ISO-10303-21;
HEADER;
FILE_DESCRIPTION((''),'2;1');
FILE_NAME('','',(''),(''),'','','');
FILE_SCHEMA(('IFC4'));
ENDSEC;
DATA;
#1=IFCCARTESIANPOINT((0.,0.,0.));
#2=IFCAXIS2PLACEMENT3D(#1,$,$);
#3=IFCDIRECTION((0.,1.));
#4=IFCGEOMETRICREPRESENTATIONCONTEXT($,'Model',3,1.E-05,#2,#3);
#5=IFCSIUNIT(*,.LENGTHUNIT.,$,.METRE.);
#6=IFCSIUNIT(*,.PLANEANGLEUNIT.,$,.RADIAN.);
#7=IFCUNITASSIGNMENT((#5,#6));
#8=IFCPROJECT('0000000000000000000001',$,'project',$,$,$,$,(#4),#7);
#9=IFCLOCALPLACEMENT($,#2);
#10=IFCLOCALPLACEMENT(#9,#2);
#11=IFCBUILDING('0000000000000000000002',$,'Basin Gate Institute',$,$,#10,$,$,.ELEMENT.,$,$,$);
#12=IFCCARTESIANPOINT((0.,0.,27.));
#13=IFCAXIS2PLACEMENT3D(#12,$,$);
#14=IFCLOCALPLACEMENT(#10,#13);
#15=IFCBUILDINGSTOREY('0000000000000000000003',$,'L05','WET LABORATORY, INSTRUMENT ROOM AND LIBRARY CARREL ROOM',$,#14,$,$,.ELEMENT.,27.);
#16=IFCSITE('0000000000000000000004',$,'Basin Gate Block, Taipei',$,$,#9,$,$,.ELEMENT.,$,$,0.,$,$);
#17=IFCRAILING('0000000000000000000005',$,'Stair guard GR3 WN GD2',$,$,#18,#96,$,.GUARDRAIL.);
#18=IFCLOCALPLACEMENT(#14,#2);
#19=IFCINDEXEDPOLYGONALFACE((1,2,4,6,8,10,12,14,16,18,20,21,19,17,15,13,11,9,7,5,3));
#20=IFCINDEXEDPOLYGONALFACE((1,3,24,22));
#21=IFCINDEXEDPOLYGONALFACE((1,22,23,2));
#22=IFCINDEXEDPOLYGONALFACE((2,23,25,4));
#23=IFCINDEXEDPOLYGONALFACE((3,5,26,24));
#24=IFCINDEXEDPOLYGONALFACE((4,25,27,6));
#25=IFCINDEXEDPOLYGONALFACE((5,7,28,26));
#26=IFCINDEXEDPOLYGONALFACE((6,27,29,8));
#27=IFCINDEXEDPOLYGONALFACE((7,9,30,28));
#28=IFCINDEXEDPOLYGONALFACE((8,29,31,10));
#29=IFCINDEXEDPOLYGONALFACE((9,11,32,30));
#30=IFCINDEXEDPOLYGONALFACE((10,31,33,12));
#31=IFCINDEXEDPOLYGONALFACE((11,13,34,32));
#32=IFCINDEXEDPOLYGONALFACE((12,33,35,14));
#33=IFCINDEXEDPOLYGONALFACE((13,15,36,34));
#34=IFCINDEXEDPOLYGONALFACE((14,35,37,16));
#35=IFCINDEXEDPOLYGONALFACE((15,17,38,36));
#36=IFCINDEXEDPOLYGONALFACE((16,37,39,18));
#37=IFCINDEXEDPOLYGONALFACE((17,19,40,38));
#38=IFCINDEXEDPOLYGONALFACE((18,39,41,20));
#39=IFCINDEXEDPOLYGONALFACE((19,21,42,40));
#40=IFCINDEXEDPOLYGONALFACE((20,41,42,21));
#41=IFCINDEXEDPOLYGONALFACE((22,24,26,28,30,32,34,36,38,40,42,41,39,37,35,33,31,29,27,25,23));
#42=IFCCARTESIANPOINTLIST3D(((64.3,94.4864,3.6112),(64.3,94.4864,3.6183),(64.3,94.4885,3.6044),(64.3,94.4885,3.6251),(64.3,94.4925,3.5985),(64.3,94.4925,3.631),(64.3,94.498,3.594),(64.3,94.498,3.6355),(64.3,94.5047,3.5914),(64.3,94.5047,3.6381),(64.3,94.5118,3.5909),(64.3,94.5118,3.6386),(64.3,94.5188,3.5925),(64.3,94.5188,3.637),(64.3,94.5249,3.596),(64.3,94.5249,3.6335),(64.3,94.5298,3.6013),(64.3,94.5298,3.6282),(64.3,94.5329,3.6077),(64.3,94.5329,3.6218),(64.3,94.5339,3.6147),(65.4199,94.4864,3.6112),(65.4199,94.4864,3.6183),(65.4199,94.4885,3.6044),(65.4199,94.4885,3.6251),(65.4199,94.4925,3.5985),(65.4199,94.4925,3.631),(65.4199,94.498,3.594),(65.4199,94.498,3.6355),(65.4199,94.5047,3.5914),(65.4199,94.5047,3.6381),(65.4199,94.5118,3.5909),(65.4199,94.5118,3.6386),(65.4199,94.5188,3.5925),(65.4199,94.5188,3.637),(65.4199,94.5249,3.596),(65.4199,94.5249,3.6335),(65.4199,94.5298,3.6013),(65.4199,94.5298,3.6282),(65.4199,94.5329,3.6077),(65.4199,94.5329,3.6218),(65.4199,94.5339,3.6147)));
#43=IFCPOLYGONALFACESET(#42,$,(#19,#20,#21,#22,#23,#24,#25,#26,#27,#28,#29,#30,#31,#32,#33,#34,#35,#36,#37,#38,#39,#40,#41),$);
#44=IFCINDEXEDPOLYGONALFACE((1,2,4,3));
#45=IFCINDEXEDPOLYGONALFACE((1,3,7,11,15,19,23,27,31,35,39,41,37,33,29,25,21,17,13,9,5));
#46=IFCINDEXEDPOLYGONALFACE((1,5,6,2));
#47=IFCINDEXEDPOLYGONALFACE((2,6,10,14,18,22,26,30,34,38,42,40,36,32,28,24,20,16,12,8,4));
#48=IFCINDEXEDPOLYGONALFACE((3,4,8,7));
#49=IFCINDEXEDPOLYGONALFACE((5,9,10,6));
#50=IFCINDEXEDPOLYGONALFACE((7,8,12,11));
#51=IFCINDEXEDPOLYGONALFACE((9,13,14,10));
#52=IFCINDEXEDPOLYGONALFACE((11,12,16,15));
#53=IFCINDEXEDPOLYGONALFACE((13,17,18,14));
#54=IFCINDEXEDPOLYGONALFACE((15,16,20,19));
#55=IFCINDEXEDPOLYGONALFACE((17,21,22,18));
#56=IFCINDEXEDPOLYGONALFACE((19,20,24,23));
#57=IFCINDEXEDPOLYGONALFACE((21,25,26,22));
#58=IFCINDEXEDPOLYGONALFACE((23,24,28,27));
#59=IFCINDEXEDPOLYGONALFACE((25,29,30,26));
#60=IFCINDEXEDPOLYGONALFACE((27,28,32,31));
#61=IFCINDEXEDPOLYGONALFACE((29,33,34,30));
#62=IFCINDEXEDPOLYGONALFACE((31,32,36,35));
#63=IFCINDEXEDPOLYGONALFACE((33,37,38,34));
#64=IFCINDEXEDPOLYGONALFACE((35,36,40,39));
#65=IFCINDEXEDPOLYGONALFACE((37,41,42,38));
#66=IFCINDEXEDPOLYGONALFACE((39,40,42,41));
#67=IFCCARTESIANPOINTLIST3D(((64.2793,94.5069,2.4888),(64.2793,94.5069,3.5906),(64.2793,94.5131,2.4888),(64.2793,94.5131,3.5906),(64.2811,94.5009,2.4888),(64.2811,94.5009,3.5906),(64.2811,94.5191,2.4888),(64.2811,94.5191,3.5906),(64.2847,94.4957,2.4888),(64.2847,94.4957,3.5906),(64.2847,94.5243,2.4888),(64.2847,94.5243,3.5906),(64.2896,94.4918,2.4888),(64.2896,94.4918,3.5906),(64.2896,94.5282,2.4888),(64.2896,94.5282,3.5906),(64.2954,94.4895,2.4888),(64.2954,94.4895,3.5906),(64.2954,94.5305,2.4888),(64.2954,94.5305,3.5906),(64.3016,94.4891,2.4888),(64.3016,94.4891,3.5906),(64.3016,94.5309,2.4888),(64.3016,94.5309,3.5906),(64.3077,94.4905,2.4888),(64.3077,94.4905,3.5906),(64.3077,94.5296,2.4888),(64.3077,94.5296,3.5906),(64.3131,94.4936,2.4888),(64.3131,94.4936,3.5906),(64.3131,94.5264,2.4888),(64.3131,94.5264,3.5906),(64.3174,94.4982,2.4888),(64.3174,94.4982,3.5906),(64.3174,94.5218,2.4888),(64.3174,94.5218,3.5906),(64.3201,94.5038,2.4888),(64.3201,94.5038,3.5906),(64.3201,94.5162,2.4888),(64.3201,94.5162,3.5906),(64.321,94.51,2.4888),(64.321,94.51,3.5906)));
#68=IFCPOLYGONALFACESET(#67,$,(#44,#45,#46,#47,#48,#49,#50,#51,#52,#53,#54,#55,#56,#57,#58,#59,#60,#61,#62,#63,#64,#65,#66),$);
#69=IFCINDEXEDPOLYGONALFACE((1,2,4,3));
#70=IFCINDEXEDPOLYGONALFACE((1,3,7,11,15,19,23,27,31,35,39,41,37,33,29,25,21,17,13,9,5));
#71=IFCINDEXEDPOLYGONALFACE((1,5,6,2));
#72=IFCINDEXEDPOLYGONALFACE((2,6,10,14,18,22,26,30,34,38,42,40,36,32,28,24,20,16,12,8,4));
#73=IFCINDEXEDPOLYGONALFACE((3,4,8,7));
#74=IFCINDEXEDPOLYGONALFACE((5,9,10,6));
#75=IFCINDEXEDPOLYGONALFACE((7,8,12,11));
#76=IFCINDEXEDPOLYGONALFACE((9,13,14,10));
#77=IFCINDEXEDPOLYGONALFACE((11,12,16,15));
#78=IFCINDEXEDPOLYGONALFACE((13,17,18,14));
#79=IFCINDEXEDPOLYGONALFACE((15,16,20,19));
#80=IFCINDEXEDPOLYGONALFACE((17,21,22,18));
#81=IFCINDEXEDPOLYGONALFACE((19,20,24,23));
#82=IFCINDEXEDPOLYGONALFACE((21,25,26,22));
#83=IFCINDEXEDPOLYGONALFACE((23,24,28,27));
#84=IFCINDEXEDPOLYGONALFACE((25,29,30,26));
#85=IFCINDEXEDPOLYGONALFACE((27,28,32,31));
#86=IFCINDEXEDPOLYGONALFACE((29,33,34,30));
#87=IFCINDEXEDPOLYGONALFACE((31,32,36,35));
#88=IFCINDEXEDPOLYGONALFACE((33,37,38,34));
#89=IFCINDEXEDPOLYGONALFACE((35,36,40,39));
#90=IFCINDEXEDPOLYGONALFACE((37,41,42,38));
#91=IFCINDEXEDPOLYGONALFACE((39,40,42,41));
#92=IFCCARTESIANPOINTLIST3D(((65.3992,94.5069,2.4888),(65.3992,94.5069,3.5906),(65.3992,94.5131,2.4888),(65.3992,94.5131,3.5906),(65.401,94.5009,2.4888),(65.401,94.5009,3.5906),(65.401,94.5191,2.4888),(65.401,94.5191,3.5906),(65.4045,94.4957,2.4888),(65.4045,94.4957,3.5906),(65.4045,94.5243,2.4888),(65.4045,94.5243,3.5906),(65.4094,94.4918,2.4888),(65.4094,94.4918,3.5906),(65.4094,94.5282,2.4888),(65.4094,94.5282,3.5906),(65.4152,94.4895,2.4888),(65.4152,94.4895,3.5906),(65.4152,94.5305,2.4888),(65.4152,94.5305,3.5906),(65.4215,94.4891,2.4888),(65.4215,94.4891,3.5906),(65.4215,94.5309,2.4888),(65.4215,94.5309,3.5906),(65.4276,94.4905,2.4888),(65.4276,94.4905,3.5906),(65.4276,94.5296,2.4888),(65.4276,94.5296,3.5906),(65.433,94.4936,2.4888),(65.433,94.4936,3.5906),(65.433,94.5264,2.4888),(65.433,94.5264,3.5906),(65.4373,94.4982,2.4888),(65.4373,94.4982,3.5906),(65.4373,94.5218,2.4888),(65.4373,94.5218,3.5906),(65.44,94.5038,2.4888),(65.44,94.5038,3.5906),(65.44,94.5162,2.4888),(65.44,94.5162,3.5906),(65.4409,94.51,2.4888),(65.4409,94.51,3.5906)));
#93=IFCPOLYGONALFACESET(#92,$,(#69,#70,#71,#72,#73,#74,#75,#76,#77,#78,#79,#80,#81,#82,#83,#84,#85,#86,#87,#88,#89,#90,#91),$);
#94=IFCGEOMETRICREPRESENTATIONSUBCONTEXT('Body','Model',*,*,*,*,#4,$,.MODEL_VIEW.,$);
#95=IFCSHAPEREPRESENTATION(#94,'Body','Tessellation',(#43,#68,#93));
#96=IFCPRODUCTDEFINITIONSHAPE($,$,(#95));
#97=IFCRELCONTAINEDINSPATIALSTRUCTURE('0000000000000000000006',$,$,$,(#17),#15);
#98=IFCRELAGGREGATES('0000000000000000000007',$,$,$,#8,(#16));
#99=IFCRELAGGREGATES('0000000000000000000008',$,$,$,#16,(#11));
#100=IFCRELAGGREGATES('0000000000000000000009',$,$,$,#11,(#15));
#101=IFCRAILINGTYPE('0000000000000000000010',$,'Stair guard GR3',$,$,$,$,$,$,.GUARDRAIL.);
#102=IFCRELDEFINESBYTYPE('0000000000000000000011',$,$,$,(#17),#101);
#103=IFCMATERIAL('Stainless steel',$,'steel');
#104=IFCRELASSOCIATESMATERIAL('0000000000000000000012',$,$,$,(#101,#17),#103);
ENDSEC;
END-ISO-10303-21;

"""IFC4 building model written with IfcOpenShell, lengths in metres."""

from ifc_helpers import new_model, si_unit, direction, frame, origin, origin_2d, place, context, subcontext, project, spatial, circle, extrude, material, type_object, element, save


model = new_model("IFC4")

# Units and contexts
model_context = context("Model", 3, precision=1e-05, world=origin(), true_north=direction((0.0, 1.0)))
body_context = subcontext(model_context, "Body", "Model", "MODEL_VIEW")
ifc_project = project(units=[si_unit("LENGTHUNIT", "METRE"), si_unit("PLANEANGLEUNIT", "RADIAN")], contexts=[model_context])

# Site, building, storey
site_placement = place(None, origin())
site = spatial("IfcSite", under=ifc_project, at=site_placement, Name="Basin Gate Block, Taipei", CompositionType="ELEMENT", RefElevation=0.0)
building_placement = place(site_placement, origin())
building = spatial("IfcBuilding", under=site, at=building_placement, Name="Basin Gate Institute", CompositionType="ELEMENT")
storey_placement = place(building_placement, frame((0.0, 0.0, 27.0)))
storey = spatial("IfcBuildingStorey", under=building, at=storey_placement, Name="L05", Description="WET LABORATORY, INSTRUMENT ROOM AND LIBRARY CARREL ROOM", CompositionType="ELEMENT", Elevation=27.0)

# Railing
ifc_material_1 = material(Name="Stainless steel", Category="steel")
railing_type_1 = type_object("IfcRailingType", Name="Stair guard GR3", PredefinedType="GUARDRAIL", material=ifc_material_1)
railing_1_placement = place(storey_placement, frame((64.3, 94.51, 2.4888)))
element("IfcRailing", 1, at=railing_1_placement, inside=storey, type_object=railing_type_1, material=ifc_material_1, Name="Stair guard GR3 WN GD2", PredefinedType="GUARDRAIL", context=body_context, shape_type="SweptSolid", body=[
    extrude(circle(Radius=0.0239, at=origin_2d()), frame((0.0, 0.0, 1.126), z_axis=(1.0, 0.0, 0.0), x_axis=(0.0, 1.0, 0.0)), (0.0, 0.0, 1.0), 1.1199),
    extrude(circle(Radius=0.021, at=origin_2d()), origin(), (0.0, 0.0, 1.0), 1.1018),
    extrude(circle(Radius=0.021, at=origin_2d()), frame((1.1199, 0.0, 0.0)), (0.0, 0.0, 1.0), 1.1018),
])

save(model, "model.ifc")
